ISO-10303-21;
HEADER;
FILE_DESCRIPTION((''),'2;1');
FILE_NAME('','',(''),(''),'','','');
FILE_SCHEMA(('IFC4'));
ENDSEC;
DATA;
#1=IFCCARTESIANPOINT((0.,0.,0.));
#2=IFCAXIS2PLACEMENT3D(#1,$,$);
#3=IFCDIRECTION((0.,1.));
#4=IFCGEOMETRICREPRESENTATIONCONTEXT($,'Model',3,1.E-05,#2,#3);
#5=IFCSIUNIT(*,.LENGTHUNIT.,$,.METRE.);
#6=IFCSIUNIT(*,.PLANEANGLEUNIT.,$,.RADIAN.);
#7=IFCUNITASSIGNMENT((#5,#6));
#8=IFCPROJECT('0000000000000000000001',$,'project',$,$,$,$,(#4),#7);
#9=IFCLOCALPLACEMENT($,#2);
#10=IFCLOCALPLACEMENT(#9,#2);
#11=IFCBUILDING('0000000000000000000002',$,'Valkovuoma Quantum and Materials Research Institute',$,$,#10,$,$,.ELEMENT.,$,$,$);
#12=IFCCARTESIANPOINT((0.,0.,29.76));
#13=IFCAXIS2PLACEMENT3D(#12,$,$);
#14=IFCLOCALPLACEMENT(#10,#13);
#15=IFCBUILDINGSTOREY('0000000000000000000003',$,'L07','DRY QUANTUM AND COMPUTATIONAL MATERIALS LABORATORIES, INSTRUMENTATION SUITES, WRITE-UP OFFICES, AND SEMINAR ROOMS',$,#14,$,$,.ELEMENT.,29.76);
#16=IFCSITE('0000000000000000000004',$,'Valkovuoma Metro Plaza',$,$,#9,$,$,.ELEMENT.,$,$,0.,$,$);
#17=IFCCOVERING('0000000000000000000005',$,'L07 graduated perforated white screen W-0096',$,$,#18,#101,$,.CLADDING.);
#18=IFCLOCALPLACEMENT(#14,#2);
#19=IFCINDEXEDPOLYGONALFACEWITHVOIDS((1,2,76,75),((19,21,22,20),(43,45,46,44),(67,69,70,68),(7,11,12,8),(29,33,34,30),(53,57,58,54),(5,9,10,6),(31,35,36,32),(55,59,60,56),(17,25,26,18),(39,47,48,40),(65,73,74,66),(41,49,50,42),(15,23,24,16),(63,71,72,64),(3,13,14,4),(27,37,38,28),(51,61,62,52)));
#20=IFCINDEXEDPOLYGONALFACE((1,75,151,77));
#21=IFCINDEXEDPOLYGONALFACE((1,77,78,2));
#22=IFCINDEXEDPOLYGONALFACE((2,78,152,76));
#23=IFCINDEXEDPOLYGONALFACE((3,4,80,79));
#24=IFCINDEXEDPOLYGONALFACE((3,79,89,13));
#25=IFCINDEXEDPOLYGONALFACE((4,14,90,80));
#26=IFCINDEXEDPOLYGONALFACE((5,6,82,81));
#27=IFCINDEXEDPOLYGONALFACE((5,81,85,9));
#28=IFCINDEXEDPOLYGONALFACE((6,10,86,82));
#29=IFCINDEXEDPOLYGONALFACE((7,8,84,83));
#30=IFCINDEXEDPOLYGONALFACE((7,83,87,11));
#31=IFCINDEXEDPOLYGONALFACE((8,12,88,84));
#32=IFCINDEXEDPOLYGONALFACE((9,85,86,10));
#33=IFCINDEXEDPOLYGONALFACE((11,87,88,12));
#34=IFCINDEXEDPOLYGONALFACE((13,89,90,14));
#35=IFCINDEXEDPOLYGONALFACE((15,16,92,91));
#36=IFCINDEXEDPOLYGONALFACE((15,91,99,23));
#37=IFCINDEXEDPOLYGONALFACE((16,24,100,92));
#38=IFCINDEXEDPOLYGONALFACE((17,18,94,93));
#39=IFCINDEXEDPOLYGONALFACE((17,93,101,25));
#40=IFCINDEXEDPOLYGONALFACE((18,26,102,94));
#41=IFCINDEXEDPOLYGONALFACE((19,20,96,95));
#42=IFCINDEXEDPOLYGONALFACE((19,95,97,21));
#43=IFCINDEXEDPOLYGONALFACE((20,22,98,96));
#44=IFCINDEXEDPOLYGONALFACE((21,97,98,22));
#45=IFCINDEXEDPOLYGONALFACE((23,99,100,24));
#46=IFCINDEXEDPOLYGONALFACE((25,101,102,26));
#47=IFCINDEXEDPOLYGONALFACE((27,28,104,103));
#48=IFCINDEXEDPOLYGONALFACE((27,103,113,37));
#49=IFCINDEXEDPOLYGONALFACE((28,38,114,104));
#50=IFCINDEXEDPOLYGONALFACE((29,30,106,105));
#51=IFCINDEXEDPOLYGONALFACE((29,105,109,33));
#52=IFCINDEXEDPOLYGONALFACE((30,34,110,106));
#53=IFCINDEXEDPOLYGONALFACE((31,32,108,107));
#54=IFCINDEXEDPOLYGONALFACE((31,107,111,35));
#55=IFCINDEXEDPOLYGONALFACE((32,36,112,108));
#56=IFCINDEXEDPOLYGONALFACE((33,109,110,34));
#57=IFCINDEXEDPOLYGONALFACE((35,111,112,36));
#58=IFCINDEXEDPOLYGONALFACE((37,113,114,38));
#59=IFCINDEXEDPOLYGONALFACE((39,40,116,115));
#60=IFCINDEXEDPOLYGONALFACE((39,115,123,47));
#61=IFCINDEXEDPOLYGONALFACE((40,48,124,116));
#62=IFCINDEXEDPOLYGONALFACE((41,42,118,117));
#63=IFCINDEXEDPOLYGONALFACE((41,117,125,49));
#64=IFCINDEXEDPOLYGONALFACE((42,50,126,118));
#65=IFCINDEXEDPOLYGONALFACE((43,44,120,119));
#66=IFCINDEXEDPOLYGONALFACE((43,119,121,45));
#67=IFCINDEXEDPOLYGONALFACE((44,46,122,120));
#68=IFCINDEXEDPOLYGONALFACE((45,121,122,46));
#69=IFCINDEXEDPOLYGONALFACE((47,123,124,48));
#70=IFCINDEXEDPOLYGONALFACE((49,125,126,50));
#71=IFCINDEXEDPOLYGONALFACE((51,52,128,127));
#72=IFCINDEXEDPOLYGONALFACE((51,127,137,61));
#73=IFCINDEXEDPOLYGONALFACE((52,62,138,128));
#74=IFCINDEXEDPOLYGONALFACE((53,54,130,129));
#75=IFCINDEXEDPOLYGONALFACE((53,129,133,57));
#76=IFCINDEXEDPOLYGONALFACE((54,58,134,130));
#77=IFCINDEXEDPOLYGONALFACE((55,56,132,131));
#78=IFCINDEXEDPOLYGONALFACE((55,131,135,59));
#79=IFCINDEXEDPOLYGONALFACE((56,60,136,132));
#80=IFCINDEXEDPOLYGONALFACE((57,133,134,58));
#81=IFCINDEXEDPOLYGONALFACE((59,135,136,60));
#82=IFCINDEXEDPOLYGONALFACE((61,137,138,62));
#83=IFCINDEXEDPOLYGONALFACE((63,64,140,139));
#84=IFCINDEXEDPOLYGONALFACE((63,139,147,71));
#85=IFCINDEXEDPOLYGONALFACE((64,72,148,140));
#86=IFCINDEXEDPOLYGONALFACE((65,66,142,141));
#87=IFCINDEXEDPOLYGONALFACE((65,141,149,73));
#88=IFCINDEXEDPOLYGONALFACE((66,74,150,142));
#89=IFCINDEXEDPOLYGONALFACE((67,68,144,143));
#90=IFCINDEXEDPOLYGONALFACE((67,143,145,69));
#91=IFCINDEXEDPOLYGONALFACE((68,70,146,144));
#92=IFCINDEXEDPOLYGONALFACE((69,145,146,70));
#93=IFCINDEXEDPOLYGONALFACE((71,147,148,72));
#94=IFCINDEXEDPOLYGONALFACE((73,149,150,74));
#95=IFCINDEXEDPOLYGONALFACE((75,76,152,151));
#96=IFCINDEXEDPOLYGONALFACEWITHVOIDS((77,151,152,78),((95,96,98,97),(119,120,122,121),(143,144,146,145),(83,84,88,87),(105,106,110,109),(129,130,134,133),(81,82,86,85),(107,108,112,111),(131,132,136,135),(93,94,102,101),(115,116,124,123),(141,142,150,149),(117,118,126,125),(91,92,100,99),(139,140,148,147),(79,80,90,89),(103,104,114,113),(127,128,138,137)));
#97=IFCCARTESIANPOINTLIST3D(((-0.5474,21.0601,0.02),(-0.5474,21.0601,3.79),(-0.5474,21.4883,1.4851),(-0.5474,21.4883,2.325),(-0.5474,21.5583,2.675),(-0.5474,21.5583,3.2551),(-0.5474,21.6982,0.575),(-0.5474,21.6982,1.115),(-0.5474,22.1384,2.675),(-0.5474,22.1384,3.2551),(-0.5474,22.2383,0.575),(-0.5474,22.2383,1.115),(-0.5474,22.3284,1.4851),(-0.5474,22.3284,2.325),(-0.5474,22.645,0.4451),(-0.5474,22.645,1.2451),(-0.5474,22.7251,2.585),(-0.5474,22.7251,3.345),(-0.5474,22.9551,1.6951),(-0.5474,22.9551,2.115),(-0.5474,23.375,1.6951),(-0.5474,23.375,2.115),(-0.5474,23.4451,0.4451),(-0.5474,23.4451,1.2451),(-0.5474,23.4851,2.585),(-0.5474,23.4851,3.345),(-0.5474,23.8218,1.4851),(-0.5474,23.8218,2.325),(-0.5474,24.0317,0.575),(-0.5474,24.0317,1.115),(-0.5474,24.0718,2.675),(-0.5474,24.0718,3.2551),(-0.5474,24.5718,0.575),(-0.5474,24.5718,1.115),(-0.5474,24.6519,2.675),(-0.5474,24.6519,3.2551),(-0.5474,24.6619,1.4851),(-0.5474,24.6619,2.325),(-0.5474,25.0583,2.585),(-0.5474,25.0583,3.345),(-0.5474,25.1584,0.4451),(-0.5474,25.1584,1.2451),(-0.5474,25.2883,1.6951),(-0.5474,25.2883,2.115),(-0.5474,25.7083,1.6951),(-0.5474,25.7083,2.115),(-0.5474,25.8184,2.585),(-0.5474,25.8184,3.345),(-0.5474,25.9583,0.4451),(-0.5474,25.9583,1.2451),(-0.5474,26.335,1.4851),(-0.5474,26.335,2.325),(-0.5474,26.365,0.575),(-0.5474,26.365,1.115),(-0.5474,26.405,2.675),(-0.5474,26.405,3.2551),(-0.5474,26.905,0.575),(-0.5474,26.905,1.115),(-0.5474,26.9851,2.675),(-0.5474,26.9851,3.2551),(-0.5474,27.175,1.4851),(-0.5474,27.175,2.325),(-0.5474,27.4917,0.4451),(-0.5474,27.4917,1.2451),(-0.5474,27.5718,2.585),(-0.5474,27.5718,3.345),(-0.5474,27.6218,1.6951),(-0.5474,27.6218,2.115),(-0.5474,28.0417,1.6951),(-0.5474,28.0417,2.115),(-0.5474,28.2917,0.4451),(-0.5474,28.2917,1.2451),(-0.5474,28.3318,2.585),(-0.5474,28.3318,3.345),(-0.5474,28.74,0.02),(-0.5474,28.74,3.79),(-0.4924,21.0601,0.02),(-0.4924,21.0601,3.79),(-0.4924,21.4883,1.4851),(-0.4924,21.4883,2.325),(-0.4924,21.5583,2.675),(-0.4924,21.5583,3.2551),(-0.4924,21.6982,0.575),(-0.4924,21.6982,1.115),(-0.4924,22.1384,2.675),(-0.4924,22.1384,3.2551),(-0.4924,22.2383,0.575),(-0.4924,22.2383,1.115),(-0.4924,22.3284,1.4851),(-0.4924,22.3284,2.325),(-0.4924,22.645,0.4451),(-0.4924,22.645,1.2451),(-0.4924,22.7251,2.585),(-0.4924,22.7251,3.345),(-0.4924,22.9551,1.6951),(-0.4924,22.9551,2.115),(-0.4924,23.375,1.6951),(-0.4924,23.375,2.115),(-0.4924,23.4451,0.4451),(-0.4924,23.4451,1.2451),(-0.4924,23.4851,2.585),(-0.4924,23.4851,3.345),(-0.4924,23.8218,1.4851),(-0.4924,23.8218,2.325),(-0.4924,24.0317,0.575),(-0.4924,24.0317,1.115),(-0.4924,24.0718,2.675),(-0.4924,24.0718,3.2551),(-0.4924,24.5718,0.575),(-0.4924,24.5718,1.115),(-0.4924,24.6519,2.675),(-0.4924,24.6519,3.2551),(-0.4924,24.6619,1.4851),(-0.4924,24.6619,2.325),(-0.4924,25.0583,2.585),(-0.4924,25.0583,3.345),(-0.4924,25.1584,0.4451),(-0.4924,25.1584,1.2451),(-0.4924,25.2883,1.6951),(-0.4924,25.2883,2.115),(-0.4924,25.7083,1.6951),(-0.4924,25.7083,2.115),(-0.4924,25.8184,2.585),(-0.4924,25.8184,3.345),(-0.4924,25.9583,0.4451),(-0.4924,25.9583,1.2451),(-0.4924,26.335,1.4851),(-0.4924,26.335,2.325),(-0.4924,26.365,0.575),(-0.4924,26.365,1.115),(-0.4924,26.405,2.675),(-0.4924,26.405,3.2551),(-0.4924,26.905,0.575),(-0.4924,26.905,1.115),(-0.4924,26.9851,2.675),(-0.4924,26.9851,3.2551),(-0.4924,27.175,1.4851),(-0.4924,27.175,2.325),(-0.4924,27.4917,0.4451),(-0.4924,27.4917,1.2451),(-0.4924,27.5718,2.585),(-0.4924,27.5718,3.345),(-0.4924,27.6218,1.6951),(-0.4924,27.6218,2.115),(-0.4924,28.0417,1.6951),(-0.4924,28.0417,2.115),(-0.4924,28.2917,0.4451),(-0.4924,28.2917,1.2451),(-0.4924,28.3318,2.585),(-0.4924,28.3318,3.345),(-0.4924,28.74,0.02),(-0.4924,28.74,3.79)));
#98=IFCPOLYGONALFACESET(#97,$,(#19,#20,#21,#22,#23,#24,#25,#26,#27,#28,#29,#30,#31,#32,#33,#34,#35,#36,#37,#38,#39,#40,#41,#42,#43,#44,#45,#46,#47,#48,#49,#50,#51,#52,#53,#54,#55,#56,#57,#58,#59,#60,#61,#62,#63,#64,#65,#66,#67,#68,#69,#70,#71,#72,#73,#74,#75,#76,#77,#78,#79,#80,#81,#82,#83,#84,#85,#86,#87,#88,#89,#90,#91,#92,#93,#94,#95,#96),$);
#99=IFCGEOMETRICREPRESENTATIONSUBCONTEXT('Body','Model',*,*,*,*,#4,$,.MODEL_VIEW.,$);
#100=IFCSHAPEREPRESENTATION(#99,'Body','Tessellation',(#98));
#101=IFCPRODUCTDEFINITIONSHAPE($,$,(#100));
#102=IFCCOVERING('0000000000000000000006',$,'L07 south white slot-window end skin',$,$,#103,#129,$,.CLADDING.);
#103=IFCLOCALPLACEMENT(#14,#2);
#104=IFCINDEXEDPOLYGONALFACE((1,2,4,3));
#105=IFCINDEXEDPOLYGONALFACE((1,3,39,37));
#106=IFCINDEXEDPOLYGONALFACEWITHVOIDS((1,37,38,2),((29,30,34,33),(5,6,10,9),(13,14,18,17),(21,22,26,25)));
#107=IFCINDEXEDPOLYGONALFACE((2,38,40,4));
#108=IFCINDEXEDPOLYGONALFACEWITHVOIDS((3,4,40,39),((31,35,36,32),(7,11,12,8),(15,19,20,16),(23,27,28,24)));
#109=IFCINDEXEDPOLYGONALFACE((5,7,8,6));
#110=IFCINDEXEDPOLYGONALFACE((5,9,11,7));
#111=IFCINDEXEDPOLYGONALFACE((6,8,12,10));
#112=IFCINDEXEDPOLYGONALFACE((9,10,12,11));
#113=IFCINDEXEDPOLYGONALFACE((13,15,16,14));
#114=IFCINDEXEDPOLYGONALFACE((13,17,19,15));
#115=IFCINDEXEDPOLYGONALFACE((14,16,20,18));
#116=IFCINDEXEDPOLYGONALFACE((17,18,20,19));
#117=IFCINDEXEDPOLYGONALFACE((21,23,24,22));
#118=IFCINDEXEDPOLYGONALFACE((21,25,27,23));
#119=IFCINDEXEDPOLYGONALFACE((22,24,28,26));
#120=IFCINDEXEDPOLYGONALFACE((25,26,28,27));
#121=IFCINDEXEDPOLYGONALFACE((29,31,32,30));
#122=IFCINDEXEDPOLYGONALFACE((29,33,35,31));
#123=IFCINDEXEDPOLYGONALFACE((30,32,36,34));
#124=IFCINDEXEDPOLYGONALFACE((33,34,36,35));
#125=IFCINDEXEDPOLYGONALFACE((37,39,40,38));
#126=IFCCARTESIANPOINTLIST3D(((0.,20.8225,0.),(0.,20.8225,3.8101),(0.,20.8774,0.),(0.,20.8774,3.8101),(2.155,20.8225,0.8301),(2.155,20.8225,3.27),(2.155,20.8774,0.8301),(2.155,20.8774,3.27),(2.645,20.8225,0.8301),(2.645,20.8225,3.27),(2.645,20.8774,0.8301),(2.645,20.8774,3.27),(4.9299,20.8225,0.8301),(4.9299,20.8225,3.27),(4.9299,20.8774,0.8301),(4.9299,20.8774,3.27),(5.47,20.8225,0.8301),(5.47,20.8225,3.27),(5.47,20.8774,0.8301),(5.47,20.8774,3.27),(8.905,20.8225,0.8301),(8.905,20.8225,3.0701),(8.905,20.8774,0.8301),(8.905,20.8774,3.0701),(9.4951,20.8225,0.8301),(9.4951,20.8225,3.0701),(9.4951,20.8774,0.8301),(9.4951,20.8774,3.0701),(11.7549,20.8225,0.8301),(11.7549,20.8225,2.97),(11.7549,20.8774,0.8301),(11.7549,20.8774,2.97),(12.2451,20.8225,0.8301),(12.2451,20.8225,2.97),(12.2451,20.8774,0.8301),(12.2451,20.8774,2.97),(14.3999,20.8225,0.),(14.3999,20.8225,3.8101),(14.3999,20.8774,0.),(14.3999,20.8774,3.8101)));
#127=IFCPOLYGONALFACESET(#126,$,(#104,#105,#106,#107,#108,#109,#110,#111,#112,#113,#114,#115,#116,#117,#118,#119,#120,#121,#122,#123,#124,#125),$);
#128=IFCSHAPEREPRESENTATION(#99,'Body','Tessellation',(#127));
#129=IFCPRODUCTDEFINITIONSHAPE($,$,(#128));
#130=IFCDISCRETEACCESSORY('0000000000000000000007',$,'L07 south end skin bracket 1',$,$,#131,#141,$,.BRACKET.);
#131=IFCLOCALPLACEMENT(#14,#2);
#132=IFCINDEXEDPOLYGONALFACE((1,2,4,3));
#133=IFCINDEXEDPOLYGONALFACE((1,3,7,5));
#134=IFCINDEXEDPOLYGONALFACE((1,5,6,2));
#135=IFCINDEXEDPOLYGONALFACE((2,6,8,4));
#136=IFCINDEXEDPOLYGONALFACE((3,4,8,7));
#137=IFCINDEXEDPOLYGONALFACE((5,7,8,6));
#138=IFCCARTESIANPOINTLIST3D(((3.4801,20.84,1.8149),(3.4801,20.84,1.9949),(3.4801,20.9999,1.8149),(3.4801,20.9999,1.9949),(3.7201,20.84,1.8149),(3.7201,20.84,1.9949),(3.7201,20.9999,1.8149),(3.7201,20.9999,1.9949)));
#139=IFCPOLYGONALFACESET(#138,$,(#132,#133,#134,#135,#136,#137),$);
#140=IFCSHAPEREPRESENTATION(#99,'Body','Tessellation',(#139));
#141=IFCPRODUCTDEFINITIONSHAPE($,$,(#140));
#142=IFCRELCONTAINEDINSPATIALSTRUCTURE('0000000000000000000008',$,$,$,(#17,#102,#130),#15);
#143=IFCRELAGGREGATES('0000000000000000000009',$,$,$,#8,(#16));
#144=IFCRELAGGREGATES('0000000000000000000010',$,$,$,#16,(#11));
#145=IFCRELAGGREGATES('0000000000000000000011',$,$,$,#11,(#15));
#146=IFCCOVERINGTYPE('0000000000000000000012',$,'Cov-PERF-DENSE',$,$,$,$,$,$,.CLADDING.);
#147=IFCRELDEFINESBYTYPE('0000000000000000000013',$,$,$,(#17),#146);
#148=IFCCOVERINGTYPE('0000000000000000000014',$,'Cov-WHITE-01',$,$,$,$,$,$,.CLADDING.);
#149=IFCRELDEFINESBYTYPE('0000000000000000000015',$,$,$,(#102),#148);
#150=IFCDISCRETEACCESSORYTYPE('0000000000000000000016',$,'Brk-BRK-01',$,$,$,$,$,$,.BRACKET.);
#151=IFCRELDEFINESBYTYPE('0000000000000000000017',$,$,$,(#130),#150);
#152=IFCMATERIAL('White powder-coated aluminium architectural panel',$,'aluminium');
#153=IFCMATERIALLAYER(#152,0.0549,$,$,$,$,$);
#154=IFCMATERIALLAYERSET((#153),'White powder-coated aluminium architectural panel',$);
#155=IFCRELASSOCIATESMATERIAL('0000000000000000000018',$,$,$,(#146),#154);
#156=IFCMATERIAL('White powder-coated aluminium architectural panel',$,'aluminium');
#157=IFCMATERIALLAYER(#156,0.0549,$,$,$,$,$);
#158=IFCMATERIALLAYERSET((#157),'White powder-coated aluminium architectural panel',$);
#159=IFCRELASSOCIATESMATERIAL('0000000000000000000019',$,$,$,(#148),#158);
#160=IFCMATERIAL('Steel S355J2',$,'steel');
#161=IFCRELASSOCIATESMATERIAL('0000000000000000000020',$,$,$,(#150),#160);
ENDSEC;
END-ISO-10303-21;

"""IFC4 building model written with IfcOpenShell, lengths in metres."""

from ifc_helpers import new_model, si_unit, direction, frame, origin, origin_2d, place, context, subcontext, project, spatial, polyline, rectangle, outline, extrude, material, layer, layer_set, type_object, element, save


model = new_model("IFC4")

# Units and contexts
model_context = context("Model", 3, precision=1e-05, world=origin(), true_north=direction((0.0, 1.0)))
body_context = subcontext(model_context, "Body", "Model", "MODEL_VIEW")
ifc_project = project(units=[si_unit("LENGTHUNIT", "METRE"), si_unit("PLANEANGLEUNIT", "RADIAN")], contexts=[model_context])

# Site, building, storey
site_placement = place(None, origin())
site = spatial("IfcSite", under=ifc_project, at=site_placement, Name="Valkovuoma Metro Plaza", CompositionType="ELEMENT", RefElevation=0.0)
building_placement = place(site_placement, origin())
building = spatial("IfcBuilding", under=site, at=building_placement, Name="Valkovuoma Quantum and Materials Research Institute", CompositionType="ELEMENT")
storey_placement = place(building_placement, frame((0.0, 0.0, 29.76)))
storey = spatial("IfcBuildingStorey", under=building, at=storey_placement, Name="L07", Description="DRY QUANTUM AND COMPUTATIONAL MATERIALS LABORATORIES, INSTRUMENTATION SUITES, WRITE-UP OFFICES, AND SEMINAR ROOMS", CompositionType="ELEMENT", Elevation=29.76)

# Coverings
ifc_material_1 = material(Name="White powder-coated aluminium architectural panel", Category="aluminium")
ifc_layer_1 = layer(ifc_material_1, 0.0549)
ifc_layer_set_1 = layer_set([ifc_layer_1], Name="White powder-coated aluminium architectural panel")
covering_type_1 = type_object("IfcCoveringType", Name="Cov-PERF-DENSE", PredefinedType="CLADDING", material=ifc_layer_set_1)
covering_1_placement = place(storey_placement, frame((-0.52, 21.0601, 0.02), z_axis=(0.0, 0.0, 1.0), x_axis=(0.0, 1.0, 0.0)))
element("IfcCovering", 1, at=covering_1_placement, inside=storey, type_object=covering_type_1, Name="L07 graduated perforated white screen W-0096", PredefinedType="CLADDING", context=body_context, shape_type="SweptSolid", body=[
    extrude(outline(polyline([(0.0, 0.0), (7.6799, 0.0), (7.6799, 3.77), (0.0, 3.77), (0.0, 0.0)]), holes=[polyline([(0.6382, 0.5549), (0.6382, 1.095), (1.1782, 1.095), (1.1782, 0.5549), (0.6382, 0.5549)]), polyline([(0.4282, 1.4651), (0.4282, 2.3049), (1.2683, 2.3049), (1.2683, 1.4651), (0.4282, 1.4651)]), polyline([(0.4983, 2.655), (0.4983, 3.2351), (1.0784, 3.2351), (1.0784, 2.655), (0.4983, 2.655)]), polyline([(1.585, 0.425), (1.585, 1.2251), (2.385, 1.2251), (2.385, 0.425), (1.585, 0.425)]), polyline([(1.895, 1.675), (1.895, 2.095), (2.3149, 2.095), (2.3149, 1.675), (1.895, 1.675)]), polyline([(1.665, 2.5649), (1.665, 3.325), (2.425, 3.325), (2.425, 2.5649), (1.665, 2.5649)]), polyline([(2.9717, 0.5549), (2.9717, 1.095), (3.5117, 1.095), (3.5117, 0.5549), (2.9717, 0.5549)]), polyline([(2.7617, 1.4651), (2.7617, 2.3049), (3.6018, 2.3049), (3.6018, 1.4651), (2.7617, 1.4651)]), polyline([(3.0117, 2.655), (3.0117, 3.2351), (3.5918, 3.2351), (3.5918, 2.655), (3.0117, 2.655)]), polyline([(4.0984, 0.425), (4.0984, 1.2251), (4.8982, 1.2251), (4.8982, 0.425), (4.0984, 0.425)]), polyline([(4.2283, 1.675), (4.2283, 2.095), (4.6482, 2.095), (4.6482, 1.675), (4.2283, 1.675)]), polyline([(3.9983, 2.5649), (3.9983, 3.325), (4.7583, 3.325), (4.7583, 2.5649), (3.9983, 2.5649)]), polyline([(5.3049, 0.5549), (5.3049, 1.095), (5.845, 1.095), (5.845, 0.5549), (5.3049, 0.5549)]), polyline([(5.2749, 1.4651), (5.2749, 2.3049), (6.115, 2.3049), (6.115, 1.4651), (5.2749, 1.4651)]), polyline([(5.345, 2.655), (5.345, 3.2351), (5.925, 3.2351), (5.925, 2.655), (5.345, 2.655)]), polyline([(6.4316, 0.425), (6.4316, 1.2251), (7.2317, 1.2251), (7.2317, 0.425), (6.4316, 0.425)]), polyline([(6.5618, 1.675), (6.5618, 2.095), (6.9817, 2.095), (6.9817, 1.675), (6.5618, 1.675)]), polyline([(6.5117, 2.5649), (6.5117, 3.325), (7.2717, 3.325), (7.2717, 2.5649), (6.5117, 2.5649)])]), frame((0.0, 0.0273, 0.0), z_axis=(0.0, -1.0, 0.0), x_axis=(1.0, 0.0, 0.0)), (0.0, 0.0, 1.0), 0.0549),
])
ifc_material_2 = material(Name="White powder-coated aluminium architectural panel", Category="aluminium")
ifc_layer_2 = layer(ifc_material_2, 0.0549)
ifc_layer_set_2 = layer_set([ifc_layer_2], Name="White powder-coated aluminium architectural panel")
covering_type_2 = type_object("IfcCoveringType", Name="Cov-WHITE-01", PredefinedType="CLADDING", material=ifc_layer_set_2)
covering_2_placement = place(storey_placement, frame((0.0, 20.8501, 0.0), z_axis=(0.0, 0.0, 1.0), x_axis=(1.0, 0.0, 0.0)))
element("IfcCovering", 2, at=covering_2_placement, inside=storey, type_object=covering_type_2, Name="L07 south white slot-window end skin", PredefinedType="CLADDING", context=body_context, shape_type="SweptSolid", body=[
    extrude(outline(polyline([(0.0, 0.0), (14.3999, 0.0), (14.3999, 3.8101), (0.0, 3.8101), (0.0, 0.0)]), holes=[polyline([(2.155, 0.8301), (2.155, 3.27), (2.645, 3.27), (2.645, 0.8301), (2.155, 0.8301)]), polyline([(4.9299, 0.8301), (4.9299, 3.27), (5.47, 3.27), (5.47, 0.8301), (4.9299, 0.8301)]), polyline([(8.905, 0.8301), (8.905, 3.0701), (9.4951, 3.0701), (9.4951, 0.8301), (8.905, 0.8301)]), polyline([(11.7549, 0.8301), (11.7549, 2.97), (12.2451, 2.97), (12.2451, 0.8301), (11.7549, 0.8301)])]), frame((0.0, 0.0273, 0.0), z_axis=(0.0, -1.0, 0.0), x_axis=(1.0, 0.0, 0.0)), (0.0, 0.0, 1.0), 0.0549),
])

# Discrete accessory
ifc_material_3 = material(Name="Steel S355J2", Category="steel")
discrete_accessory_type = type_object("IfcDiscreteAccessoryType", Name="Brk-BRK-01", PredefinedType="BRACKET", material=ifc_material_3)
discrete_accessory_placement = place(storey_placement, frame((3.6001, 20.9199, 1.8149), z_axis=(0.0, 0.0, 1.0), x_axis=(0.0, 1.0, 0.0)))
element("IfcDiscreteAccessory", 3, at=discrete_accessory_placement, inside=storey, type_object=discrete_accessory_type, Name="L07 south end skin bracket 1", PredefinedType="BRACKET", context=body_context, shape_type="SweptSolid", body=[
    extrude(rectangle(XDim=0.1599, YDim=0.24, at=origin_2d()), origin(), (0.0, 0.0, 1.0), 0.1799),
])

save(model, "model.ifc")
